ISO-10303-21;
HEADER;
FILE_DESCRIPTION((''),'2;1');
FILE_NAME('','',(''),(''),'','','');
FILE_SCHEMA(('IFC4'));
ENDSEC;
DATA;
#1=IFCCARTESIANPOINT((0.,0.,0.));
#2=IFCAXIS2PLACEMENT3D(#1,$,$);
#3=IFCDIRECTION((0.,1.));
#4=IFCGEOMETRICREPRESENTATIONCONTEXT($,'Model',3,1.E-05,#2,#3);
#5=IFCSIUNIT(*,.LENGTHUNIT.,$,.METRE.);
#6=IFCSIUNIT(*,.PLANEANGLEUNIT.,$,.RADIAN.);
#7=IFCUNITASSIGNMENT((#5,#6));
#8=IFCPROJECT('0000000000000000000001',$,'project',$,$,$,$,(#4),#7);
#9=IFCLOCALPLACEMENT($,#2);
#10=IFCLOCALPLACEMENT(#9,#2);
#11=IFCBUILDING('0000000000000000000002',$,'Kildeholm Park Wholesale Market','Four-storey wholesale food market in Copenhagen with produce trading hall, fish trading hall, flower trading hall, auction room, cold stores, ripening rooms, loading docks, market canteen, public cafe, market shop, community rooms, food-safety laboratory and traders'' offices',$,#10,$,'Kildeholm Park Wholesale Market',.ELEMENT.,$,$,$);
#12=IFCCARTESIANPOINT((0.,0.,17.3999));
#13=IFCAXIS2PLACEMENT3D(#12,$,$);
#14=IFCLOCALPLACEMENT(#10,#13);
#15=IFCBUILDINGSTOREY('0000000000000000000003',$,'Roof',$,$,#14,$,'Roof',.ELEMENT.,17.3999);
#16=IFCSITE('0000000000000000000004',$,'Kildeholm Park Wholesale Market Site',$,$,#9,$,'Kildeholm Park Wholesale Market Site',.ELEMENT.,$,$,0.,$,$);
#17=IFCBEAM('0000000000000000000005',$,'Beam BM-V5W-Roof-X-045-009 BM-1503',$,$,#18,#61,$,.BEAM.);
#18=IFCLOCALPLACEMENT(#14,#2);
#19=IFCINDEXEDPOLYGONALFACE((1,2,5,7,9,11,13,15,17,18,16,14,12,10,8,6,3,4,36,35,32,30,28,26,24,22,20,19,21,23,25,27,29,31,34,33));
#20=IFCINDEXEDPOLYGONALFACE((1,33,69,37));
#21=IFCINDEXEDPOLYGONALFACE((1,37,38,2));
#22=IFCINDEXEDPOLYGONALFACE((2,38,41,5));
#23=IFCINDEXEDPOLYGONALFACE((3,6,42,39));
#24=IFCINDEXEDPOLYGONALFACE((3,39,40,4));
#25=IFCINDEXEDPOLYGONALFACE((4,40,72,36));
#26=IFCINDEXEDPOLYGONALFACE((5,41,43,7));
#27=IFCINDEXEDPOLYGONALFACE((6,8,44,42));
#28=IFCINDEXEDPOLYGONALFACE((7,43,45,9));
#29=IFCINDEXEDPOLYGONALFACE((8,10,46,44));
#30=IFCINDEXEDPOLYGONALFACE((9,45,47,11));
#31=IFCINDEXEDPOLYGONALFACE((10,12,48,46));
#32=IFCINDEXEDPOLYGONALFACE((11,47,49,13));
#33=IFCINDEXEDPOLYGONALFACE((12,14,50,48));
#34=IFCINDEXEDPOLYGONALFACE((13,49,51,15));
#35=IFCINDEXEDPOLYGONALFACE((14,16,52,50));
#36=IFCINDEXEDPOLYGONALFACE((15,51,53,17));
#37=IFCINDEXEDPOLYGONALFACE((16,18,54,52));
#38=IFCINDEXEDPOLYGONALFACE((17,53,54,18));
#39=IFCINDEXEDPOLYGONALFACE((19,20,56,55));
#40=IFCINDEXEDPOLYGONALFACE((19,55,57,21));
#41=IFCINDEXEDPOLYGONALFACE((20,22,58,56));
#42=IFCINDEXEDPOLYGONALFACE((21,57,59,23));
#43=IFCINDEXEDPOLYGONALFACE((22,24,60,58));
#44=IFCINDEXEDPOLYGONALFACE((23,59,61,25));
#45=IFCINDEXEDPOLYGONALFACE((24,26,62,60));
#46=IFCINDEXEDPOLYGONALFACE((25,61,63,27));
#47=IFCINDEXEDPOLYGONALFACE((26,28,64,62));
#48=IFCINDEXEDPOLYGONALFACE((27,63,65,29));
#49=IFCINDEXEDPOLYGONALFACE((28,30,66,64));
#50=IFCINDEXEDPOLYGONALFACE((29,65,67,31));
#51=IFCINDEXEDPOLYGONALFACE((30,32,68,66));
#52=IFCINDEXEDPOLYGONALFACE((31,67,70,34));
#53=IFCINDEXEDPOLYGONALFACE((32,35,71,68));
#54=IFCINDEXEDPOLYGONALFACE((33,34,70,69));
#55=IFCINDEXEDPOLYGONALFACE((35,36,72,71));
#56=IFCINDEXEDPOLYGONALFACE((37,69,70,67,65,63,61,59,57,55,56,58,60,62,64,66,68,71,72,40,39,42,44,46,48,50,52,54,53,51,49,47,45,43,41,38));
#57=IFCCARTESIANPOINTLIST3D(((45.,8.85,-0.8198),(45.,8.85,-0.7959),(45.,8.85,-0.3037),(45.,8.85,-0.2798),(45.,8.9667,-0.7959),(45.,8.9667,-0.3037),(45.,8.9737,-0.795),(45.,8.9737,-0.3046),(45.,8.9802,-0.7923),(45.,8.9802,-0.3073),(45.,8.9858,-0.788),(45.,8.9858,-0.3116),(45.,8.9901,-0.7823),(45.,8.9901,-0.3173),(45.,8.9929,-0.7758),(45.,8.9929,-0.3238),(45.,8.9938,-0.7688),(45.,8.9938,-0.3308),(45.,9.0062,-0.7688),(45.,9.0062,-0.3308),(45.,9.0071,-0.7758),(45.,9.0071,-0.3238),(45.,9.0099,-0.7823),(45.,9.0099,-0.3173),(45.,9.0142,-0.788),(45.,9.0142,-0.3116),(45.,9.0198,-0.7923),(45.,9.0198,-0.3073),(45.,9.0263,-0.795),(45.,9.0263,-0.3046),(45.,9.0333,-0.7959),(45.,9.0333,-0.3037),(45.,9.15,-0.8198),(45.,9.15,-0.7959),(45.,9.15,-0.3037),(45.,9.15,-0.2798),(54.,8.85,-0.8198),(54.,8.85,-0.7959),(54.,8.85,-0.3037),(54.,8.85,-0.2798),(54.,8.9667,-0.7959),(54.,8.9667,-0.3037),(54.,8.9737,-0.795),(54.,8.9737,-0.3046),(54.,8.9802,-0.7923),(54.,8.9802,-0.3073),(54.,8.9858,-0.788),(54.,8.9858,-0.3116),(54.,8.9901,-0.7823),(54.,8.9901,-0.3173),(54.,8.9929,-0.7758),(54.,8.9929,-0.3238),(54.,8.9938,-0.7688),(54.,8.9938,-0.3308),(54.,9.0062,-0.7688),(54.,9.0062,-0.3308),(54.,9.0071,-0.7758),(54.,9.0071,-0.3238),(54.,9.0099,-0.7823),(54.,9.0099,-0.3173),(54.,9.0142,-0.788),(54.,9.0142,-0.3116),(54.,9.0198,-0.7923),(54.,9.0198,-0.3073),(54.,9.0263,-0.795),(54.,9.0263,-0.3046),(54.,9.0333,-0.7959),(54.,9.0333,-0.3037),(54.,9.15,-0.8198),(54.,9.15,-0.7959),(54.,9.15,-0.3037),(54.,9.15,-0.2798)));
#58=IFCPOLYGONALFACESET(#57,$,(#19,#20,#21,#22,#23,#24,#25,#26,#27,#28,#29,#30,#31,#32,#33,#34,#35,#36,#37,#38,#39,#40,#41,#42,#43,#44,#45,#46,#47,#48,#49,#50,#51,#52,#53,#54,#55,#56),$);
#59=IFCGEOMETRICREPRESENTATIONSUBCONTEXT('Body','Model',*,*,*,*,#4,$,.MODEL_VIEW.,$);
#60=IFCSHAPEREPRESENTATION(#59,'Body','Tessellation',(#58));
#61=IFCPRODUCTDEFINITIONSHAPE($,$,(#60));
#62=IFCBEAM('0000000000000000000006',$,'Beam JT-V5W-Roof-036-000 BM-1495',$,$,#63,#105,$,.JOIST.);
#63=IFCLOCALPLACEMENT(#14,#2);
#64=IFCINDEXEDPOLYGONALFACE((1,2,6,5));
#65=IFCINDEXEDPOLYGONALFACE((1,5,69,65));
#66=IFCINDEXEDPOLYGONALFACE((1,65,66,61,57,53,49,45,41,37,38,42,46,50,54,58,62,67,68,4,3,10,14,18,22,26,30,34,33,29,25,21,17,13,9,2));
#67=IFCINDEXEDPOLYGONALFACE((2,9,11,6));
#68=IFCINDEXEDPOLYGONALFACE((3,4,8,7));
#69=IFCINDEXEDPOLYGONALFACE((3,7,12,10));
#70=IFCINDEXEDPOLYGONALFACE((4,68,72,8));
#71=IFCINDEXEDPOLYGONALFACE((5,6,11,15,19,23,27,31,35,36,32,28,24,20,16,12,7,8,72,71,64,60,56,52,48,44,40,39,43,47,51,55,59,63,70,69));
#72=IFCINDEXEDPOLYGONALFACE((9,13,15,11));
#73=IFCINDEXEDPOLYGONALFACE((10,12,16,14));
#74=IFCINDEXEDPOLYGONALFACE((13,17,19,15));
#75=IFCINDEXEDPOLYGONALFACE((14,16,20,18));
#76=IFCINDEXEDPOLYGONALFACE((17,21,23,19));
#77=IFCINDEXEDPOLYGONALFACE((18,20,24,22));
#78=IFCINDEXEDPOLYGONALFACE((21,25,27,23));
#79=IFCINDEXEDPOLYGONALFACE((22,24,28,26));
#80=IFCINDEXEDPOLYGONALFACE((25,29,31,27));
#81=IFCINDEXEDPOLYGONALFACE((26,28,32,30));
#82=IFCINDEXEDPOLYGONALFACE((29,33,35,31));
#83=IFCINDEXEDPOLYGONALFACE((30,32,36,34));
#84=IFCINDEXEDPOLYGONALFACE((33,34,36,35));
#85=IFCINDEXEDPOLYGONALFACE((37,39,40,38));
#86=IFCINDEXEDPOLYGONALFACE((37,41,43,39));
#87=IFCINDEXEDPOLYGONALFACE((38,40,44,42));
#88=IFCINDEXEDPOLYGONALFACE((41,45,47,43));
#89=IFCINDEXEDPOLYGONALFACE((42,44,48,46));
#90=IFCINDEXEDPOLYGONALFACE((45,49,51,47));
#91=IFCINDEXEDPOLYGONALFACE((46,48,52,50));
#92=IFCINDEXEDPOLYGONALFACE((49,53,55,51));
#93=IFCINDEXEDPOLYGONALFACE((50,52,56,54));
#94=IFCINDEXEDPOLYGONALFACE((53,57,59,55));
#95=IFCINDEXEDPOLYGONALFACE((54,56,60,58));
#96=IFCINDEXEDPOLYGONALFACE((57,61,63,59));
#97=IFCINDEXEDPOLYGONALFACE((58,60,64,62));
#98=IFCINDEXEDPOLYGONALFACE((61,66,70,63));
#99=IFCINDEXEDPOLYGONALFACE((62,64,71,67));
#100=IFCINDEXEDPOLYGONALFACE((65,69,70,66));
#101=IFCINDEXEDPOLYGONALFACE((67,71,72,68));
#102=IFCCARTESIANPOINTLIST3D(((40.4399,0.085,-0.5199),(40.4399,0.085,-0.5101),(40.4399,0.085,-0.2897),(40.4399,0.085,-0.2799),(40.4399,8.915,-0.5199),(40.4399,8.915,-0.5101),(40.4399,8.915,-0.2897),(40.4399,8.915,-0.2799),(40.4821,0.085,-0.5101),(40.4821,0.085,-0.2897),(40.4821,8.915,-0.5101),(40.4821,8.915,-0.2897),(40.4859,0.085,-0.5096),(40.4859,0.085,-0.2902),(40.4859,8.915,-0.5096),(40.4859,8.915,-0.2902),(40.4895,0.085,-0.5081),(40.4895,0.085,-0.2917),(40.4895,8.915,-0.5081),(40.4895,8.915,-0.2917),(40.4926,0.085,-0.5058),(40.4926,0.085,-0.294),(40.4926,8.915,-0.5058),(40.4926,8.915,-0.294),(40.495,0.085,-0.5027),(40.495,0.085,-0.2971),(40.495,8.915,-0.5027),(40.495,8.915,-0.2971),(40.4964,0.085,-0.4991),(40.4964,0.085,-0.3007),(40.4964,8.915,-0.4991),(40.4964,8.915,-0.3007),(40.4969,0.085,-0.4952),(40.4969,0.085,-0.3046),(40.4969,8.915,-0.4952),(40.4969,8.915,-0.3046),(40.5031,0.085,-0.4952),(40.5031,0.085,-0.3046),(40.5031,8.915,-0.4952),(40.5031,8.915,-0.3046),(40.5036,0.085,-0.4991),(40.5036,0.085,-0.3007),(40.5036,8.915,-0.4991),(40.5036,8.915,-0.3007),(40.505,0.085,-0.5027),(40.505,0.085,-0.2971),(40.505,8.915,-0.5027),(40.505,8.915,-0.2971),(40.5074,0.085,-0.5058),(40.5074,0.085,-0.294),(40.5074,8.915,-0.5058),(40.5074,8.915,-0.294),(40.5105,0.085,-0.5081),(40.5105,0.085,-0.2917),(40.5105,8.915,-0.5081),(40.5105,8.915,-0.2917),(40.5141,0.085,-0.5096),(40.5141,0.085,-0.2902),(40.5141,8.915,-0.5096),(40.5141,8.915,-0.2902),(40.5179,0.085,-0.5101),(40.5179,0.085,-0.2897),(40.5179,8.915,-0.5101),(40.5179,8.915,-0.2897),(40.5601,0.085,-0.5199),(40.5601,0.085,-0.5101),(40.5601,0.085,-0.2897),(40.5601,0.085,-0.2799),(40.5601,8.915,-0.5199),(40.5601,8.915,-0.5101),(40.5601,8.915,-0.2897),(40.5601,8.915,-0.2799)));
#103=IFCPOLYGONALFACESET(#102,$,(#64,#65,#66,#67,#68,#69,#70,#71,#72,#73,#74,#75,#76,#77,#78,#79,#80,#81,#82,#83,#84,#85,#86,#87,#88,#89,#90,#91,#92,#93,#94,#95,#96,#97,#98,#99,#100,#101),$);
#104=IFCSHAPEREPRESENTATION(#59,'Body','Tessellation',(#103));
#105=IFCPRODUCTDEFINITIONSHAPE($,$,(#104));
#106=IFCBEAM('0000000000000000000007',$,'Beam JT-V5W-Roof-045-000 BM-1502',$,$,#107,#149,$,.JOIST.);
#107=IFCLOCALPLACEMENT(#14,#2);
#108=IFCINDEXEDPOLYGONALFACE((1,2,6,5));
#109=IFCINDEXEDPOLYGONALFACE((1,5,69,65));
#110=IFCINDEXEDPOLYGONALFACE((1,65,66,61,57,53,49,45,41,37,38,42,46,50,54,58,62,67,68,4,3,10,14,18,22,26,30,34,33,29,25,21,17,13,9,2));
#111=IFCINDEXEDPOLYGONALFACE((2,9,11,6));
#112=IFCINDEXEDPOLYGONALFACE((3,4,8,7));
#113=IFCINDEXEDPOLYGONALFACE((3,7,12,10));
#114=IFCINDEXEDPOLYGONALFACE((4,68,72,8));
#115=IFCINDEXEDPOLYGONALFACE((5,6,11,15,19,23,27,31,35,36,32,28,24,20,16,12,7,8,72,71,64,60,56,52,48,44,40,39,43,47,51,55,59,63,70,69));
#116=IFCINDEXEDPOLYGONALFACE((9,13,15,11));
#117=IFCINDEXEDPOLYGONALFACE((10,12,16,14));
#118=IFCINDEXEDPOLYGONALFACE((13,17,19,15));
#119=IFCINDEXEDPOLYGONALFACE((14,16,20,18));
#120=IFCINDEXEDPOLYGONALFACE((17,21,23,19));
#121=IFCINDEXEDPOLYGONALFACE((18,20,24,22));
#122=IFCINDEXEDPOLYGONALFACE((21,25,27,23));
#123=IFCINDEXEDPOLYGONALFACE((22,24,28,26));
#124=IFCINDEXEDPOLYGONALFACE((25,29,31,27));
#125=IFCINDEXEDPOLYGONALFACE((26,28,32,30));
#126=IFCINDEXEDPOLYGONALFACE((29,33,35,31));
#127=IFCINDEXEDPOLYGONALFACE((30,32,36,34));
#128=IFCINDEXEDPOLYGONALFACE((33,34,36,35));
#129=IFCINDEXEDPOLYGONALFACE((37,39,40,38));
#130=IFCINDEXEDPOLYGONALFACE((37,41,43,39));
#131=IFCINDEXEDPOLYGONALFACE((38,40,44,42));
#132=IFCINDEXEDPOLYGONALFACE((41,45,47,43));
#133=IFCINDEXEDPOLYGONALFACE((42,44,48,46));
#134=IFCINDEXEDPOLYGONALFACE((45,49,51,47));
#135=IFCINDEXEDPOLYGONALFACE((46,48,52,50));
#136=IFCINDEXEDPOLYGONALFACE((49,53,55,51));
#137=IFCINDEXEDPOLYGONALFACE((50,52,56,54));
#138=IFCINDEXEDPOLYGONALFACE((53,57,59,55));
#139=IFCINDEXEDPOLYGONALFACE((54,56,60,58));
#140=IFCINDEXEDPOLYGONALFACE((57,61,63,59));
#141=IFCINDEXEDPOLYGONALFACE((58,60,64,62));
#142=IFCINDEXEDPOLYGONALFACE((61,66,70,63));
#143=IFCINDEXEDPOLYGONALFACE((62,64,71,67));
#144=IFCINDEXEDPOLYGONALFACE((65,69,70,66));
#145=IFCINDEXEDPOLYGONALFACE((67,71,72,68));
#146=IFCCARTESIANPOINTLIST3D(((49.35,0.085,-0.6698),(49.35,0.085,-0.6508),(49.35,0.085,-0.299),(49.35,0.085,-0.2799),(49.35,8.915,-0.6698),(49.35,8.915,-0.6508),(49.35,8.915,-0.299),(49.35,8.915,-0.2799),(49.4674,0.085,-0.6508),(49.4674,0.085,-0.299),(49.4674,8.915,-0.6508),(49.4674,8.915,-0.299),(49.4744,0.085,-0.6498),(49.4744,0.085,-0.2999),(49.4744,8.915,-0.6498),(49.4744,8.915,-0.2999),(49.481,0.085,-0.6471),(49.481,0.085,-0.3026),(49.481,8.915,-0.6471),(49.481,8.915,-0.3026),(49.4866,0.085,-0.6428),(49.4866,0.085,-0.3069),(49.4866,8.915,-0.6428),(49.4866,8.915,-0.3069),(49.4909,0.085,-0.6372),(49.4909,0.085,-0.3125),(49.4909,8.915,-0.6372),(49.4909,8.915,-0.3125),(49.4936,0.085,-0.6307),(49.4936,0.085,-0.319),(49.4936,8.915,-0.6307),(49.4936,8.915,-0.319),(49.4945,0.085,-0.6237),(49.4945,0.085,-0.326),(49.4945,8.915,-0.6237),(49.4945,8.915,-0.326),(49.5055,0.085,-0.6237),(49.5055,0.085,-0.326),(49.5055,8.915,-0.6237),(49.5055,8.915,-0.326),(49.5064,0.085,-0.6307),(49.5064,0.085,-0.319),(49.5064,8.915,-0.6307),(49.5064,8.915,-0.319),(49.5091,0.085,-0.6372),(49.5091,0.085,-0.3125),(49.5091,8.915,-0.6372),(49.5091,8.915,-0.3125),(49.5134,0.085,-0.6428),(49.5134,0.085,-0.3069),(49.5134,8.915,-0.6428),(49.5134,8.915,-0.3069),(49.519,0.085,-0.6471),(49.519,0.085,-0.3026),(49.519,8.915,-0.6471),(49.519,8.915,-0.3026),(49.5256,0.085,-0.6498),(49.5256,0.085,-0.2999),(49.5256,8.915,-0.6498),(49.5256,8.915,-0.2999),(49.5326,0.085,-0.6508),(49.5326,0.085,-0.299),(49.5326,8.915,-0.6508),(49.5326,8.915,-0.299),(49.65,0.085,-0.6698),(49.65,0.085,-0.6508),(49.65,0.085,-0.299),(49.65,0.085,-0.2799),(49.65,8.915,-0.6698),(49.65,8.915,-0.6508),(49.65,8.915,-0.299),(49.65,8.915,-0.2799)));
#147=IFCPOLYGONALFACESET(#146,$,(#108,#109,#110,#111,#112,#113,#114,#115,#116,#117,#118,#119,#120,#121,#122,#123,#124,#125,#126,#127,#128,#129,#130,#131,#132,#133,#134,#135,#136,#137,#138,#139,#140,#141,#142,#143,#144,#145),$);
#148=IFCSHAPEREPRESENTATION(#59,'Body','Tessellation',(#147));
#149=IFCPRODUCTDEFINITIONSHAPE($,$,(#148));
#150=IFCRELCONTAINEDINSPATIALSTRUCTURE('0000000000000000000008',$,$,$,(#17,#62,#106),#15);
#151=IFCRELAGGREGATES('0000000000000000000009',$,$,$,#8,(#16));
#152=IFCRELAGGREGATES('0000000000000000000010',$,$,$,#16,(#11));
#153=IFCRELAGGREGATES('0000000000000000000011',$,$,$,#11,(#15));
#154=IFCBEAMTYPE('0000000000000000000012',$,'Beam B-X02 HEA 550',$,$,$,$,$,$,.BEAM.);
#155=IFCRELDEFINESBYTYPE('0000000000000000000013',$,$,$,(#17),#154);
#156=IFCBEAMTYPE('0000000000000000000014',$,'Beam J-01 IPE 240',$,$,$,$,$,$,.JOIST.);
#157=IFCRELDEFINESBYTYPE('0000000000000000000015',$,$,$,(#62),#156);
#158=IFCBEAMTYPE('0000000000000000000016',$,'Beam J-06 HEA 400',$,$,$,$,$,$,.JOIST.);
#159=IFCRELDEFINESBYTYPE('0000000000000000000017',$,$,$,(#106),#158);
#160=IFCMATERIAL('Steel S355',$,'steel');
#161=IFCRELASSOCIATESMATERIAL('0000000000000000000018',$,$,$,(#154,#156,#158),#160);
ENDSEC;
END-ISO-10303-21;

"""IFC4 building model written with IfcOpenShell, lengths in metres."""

from ifc_helpers import new_model, si_unit, direction, frame, origin, origin_2d, place, context, subcontext, project, spatial, i_section, extrude, material, material_profile, profile_set, type_object, element, save


model = new_model("IFC4")

# Units and contexts
model_context = context("Model", 3, precision=1e-05, world=origin(), true_north=direction((0.0, 1.0)))
body_context = subcontext(model_context, "Body", "Model", "MODEL_VIEW")
ifc_project = project(units=[si_unit("LENGTHUNIT", "METRE"), si_unit("PLANEANGLEUNIT", "RADIAN")], contexts=[model_context])

# Site, building, storey
site_placement = place(None, origin())
site = spatial("IfcSite", under=ifc_project, at=site_placement, Name="Kildeholm Park Wholesale Market Site", LongName="Kildeholm Park Wholesale Market Site", CompositionType="ELEMENT", RefElevation=0.0)
building_placement = place(site_placement, origin())
building = spatial("IfcBuilding", under=site, at=building_placement, Name="Kildeholm Park Wholesale Market", Description="Four-storey wholesale food market in Copenhagen with produce trading hall, fish trading hall, flower trading hall, auction room, cold stores, ripening rooms, loading docks, market canteen, public cafe, market shop, community rooms, food-safety laboratory and traders' offices", LongName="Kildeholm Park Wholesale Market", CompositionType="ELEMENT")
storey_placement = place(building_placement, frame((0.0, 0.0, 17.3999)))
storey = spatial("IfcBuildingStorey", under=building, at=storey_placement, Name="Roof", LongName="Roof", CompositionType="ELEMENT", Elevation=17.3999)

# Beams
ifc_material = material(Name="Steel S355", Category="steel")
ifc_material_profile_1 = material_profile(ifc_material, i_section(OverallWidth=0.3, OverallDepth=0.54, WebThickness=0.0125, FlangeThickness=0.0239, FilletRadius=0.0271, at=origin_2d()), Name="HEA 550")
ifc_profile_set_1 = profile_set([ifc_material_profile_1], Name="Steel S355")
beam_type_1 = type_object("IfcBeamType", Name="Beam B-X02 HEA 550", PredefinedType="BEAM", material=ifc_profile_set_1)
beam_1_placement = place(storey_placement, frame((45.0, 9.0, -0.5498), z_axis=(1.0, 0.0, 0.0), x_axis=(0.0, 1.0, 0.0)))
element("IfcBeam", 1, at=beam_1_placement, inside=storey, type_object=beam_type_1, Name="Beam BM-V5W-Roof-X-045-009 BM-1503", PredefinedType="BEAM", context=body_context, shape_type="SweptSolid", body=[
    extrude(i_section(OverallWidth=0.3, OverallDepth=0.54, WebThickness=0.0125, FlangeThickness=0.0239, FilletRadius=0.0271, at=origin_2d()), origin(), (0.0, 0.0, 1.0), 9.0),
])
ifc_material_profile_2 = material_profile(ifc_material, i_section(OverallWidth=0.1201, OverallDepth=0.24, WebThickness=0.0061, FlangeThickness=0.0098, FilletRadius=0.0149, at=origin_2d()), Name="IPE 240")
ifc_profile_set_2 = profile_set([ifc_material_profile_2], Name="Steel S355")
beam_type_2 = type_object("IfcBeamType", Name="Beam J-01 IPE 240", PredefinedType="JOIST", material=ifc_profile_set_2)
beam_2_placement = place(storey_placement, frame((40.5, 0.085, -0.3999), z_axis=(0.0, 1.0, 0.0), x_axis=(-1.0, 0.0, 0.0)))
element("IfcBeam", 2, at=beam_2_placement, inside=storey, type_object=beam_type_2, Name="Beam JT-V5W-Roof-036-000 BM-1495", PredefinedType="JOIST", context=body_context, shape_type="SweptSolid", body=[
    extrude(i_section(OverallWidth=0.1201, OverallDepth=0.24, WebThickness=0.0061, FlangeThickness=0.0098, FilletRadius=0.0149, at=origin_2d()), origin(), (0.0, 0.0, 1.0), 8.8301),
])
ifc_material_profile_3 = material_profile(ifc_material, i_section(OverallWidth=0.3, OverallDepth=0.3899, WebThickness=0.011, FlangeThickness=0.019, FilletRadius=0.0271, at=origin_2d()), Name="HEA 400")
ifc_profile_set_3 = profile_set([ifc_material_profile_3], Name="Steel S355")
beam_type_3 = type_object("IfcBeamType", Name="Beam J-06 HEA 400", PredefinedType="JOIST", material=ifc_profile_set_3)
beam_3_placement = place(storey_placement, frame((49.5, 0.085, -0.4749), z_axis=(0.0, 1.0, 0.0), x_axis=(-1.0, 0.0, 0.0)))
element("IfcBeam", 3, at=beam_3_placement, inside=storey, type_object=beam_type_3, Name="Beam JT-V5W-Roof-045-000 BM-1502", PredefinedType="JOIST", context=body_context, shape_type="SweptSolid", body=[
    extrude(i_section(OverallWidth=0.3, OverallDepth=0.3899, WebThickness=0.011, FlangeThickness=0.019, FilletRadius=0.0271, at=origin_2d()), origin(), (0.0, 0.0, 1.0), 8.8301),
])

save(model, "model.ifc")
